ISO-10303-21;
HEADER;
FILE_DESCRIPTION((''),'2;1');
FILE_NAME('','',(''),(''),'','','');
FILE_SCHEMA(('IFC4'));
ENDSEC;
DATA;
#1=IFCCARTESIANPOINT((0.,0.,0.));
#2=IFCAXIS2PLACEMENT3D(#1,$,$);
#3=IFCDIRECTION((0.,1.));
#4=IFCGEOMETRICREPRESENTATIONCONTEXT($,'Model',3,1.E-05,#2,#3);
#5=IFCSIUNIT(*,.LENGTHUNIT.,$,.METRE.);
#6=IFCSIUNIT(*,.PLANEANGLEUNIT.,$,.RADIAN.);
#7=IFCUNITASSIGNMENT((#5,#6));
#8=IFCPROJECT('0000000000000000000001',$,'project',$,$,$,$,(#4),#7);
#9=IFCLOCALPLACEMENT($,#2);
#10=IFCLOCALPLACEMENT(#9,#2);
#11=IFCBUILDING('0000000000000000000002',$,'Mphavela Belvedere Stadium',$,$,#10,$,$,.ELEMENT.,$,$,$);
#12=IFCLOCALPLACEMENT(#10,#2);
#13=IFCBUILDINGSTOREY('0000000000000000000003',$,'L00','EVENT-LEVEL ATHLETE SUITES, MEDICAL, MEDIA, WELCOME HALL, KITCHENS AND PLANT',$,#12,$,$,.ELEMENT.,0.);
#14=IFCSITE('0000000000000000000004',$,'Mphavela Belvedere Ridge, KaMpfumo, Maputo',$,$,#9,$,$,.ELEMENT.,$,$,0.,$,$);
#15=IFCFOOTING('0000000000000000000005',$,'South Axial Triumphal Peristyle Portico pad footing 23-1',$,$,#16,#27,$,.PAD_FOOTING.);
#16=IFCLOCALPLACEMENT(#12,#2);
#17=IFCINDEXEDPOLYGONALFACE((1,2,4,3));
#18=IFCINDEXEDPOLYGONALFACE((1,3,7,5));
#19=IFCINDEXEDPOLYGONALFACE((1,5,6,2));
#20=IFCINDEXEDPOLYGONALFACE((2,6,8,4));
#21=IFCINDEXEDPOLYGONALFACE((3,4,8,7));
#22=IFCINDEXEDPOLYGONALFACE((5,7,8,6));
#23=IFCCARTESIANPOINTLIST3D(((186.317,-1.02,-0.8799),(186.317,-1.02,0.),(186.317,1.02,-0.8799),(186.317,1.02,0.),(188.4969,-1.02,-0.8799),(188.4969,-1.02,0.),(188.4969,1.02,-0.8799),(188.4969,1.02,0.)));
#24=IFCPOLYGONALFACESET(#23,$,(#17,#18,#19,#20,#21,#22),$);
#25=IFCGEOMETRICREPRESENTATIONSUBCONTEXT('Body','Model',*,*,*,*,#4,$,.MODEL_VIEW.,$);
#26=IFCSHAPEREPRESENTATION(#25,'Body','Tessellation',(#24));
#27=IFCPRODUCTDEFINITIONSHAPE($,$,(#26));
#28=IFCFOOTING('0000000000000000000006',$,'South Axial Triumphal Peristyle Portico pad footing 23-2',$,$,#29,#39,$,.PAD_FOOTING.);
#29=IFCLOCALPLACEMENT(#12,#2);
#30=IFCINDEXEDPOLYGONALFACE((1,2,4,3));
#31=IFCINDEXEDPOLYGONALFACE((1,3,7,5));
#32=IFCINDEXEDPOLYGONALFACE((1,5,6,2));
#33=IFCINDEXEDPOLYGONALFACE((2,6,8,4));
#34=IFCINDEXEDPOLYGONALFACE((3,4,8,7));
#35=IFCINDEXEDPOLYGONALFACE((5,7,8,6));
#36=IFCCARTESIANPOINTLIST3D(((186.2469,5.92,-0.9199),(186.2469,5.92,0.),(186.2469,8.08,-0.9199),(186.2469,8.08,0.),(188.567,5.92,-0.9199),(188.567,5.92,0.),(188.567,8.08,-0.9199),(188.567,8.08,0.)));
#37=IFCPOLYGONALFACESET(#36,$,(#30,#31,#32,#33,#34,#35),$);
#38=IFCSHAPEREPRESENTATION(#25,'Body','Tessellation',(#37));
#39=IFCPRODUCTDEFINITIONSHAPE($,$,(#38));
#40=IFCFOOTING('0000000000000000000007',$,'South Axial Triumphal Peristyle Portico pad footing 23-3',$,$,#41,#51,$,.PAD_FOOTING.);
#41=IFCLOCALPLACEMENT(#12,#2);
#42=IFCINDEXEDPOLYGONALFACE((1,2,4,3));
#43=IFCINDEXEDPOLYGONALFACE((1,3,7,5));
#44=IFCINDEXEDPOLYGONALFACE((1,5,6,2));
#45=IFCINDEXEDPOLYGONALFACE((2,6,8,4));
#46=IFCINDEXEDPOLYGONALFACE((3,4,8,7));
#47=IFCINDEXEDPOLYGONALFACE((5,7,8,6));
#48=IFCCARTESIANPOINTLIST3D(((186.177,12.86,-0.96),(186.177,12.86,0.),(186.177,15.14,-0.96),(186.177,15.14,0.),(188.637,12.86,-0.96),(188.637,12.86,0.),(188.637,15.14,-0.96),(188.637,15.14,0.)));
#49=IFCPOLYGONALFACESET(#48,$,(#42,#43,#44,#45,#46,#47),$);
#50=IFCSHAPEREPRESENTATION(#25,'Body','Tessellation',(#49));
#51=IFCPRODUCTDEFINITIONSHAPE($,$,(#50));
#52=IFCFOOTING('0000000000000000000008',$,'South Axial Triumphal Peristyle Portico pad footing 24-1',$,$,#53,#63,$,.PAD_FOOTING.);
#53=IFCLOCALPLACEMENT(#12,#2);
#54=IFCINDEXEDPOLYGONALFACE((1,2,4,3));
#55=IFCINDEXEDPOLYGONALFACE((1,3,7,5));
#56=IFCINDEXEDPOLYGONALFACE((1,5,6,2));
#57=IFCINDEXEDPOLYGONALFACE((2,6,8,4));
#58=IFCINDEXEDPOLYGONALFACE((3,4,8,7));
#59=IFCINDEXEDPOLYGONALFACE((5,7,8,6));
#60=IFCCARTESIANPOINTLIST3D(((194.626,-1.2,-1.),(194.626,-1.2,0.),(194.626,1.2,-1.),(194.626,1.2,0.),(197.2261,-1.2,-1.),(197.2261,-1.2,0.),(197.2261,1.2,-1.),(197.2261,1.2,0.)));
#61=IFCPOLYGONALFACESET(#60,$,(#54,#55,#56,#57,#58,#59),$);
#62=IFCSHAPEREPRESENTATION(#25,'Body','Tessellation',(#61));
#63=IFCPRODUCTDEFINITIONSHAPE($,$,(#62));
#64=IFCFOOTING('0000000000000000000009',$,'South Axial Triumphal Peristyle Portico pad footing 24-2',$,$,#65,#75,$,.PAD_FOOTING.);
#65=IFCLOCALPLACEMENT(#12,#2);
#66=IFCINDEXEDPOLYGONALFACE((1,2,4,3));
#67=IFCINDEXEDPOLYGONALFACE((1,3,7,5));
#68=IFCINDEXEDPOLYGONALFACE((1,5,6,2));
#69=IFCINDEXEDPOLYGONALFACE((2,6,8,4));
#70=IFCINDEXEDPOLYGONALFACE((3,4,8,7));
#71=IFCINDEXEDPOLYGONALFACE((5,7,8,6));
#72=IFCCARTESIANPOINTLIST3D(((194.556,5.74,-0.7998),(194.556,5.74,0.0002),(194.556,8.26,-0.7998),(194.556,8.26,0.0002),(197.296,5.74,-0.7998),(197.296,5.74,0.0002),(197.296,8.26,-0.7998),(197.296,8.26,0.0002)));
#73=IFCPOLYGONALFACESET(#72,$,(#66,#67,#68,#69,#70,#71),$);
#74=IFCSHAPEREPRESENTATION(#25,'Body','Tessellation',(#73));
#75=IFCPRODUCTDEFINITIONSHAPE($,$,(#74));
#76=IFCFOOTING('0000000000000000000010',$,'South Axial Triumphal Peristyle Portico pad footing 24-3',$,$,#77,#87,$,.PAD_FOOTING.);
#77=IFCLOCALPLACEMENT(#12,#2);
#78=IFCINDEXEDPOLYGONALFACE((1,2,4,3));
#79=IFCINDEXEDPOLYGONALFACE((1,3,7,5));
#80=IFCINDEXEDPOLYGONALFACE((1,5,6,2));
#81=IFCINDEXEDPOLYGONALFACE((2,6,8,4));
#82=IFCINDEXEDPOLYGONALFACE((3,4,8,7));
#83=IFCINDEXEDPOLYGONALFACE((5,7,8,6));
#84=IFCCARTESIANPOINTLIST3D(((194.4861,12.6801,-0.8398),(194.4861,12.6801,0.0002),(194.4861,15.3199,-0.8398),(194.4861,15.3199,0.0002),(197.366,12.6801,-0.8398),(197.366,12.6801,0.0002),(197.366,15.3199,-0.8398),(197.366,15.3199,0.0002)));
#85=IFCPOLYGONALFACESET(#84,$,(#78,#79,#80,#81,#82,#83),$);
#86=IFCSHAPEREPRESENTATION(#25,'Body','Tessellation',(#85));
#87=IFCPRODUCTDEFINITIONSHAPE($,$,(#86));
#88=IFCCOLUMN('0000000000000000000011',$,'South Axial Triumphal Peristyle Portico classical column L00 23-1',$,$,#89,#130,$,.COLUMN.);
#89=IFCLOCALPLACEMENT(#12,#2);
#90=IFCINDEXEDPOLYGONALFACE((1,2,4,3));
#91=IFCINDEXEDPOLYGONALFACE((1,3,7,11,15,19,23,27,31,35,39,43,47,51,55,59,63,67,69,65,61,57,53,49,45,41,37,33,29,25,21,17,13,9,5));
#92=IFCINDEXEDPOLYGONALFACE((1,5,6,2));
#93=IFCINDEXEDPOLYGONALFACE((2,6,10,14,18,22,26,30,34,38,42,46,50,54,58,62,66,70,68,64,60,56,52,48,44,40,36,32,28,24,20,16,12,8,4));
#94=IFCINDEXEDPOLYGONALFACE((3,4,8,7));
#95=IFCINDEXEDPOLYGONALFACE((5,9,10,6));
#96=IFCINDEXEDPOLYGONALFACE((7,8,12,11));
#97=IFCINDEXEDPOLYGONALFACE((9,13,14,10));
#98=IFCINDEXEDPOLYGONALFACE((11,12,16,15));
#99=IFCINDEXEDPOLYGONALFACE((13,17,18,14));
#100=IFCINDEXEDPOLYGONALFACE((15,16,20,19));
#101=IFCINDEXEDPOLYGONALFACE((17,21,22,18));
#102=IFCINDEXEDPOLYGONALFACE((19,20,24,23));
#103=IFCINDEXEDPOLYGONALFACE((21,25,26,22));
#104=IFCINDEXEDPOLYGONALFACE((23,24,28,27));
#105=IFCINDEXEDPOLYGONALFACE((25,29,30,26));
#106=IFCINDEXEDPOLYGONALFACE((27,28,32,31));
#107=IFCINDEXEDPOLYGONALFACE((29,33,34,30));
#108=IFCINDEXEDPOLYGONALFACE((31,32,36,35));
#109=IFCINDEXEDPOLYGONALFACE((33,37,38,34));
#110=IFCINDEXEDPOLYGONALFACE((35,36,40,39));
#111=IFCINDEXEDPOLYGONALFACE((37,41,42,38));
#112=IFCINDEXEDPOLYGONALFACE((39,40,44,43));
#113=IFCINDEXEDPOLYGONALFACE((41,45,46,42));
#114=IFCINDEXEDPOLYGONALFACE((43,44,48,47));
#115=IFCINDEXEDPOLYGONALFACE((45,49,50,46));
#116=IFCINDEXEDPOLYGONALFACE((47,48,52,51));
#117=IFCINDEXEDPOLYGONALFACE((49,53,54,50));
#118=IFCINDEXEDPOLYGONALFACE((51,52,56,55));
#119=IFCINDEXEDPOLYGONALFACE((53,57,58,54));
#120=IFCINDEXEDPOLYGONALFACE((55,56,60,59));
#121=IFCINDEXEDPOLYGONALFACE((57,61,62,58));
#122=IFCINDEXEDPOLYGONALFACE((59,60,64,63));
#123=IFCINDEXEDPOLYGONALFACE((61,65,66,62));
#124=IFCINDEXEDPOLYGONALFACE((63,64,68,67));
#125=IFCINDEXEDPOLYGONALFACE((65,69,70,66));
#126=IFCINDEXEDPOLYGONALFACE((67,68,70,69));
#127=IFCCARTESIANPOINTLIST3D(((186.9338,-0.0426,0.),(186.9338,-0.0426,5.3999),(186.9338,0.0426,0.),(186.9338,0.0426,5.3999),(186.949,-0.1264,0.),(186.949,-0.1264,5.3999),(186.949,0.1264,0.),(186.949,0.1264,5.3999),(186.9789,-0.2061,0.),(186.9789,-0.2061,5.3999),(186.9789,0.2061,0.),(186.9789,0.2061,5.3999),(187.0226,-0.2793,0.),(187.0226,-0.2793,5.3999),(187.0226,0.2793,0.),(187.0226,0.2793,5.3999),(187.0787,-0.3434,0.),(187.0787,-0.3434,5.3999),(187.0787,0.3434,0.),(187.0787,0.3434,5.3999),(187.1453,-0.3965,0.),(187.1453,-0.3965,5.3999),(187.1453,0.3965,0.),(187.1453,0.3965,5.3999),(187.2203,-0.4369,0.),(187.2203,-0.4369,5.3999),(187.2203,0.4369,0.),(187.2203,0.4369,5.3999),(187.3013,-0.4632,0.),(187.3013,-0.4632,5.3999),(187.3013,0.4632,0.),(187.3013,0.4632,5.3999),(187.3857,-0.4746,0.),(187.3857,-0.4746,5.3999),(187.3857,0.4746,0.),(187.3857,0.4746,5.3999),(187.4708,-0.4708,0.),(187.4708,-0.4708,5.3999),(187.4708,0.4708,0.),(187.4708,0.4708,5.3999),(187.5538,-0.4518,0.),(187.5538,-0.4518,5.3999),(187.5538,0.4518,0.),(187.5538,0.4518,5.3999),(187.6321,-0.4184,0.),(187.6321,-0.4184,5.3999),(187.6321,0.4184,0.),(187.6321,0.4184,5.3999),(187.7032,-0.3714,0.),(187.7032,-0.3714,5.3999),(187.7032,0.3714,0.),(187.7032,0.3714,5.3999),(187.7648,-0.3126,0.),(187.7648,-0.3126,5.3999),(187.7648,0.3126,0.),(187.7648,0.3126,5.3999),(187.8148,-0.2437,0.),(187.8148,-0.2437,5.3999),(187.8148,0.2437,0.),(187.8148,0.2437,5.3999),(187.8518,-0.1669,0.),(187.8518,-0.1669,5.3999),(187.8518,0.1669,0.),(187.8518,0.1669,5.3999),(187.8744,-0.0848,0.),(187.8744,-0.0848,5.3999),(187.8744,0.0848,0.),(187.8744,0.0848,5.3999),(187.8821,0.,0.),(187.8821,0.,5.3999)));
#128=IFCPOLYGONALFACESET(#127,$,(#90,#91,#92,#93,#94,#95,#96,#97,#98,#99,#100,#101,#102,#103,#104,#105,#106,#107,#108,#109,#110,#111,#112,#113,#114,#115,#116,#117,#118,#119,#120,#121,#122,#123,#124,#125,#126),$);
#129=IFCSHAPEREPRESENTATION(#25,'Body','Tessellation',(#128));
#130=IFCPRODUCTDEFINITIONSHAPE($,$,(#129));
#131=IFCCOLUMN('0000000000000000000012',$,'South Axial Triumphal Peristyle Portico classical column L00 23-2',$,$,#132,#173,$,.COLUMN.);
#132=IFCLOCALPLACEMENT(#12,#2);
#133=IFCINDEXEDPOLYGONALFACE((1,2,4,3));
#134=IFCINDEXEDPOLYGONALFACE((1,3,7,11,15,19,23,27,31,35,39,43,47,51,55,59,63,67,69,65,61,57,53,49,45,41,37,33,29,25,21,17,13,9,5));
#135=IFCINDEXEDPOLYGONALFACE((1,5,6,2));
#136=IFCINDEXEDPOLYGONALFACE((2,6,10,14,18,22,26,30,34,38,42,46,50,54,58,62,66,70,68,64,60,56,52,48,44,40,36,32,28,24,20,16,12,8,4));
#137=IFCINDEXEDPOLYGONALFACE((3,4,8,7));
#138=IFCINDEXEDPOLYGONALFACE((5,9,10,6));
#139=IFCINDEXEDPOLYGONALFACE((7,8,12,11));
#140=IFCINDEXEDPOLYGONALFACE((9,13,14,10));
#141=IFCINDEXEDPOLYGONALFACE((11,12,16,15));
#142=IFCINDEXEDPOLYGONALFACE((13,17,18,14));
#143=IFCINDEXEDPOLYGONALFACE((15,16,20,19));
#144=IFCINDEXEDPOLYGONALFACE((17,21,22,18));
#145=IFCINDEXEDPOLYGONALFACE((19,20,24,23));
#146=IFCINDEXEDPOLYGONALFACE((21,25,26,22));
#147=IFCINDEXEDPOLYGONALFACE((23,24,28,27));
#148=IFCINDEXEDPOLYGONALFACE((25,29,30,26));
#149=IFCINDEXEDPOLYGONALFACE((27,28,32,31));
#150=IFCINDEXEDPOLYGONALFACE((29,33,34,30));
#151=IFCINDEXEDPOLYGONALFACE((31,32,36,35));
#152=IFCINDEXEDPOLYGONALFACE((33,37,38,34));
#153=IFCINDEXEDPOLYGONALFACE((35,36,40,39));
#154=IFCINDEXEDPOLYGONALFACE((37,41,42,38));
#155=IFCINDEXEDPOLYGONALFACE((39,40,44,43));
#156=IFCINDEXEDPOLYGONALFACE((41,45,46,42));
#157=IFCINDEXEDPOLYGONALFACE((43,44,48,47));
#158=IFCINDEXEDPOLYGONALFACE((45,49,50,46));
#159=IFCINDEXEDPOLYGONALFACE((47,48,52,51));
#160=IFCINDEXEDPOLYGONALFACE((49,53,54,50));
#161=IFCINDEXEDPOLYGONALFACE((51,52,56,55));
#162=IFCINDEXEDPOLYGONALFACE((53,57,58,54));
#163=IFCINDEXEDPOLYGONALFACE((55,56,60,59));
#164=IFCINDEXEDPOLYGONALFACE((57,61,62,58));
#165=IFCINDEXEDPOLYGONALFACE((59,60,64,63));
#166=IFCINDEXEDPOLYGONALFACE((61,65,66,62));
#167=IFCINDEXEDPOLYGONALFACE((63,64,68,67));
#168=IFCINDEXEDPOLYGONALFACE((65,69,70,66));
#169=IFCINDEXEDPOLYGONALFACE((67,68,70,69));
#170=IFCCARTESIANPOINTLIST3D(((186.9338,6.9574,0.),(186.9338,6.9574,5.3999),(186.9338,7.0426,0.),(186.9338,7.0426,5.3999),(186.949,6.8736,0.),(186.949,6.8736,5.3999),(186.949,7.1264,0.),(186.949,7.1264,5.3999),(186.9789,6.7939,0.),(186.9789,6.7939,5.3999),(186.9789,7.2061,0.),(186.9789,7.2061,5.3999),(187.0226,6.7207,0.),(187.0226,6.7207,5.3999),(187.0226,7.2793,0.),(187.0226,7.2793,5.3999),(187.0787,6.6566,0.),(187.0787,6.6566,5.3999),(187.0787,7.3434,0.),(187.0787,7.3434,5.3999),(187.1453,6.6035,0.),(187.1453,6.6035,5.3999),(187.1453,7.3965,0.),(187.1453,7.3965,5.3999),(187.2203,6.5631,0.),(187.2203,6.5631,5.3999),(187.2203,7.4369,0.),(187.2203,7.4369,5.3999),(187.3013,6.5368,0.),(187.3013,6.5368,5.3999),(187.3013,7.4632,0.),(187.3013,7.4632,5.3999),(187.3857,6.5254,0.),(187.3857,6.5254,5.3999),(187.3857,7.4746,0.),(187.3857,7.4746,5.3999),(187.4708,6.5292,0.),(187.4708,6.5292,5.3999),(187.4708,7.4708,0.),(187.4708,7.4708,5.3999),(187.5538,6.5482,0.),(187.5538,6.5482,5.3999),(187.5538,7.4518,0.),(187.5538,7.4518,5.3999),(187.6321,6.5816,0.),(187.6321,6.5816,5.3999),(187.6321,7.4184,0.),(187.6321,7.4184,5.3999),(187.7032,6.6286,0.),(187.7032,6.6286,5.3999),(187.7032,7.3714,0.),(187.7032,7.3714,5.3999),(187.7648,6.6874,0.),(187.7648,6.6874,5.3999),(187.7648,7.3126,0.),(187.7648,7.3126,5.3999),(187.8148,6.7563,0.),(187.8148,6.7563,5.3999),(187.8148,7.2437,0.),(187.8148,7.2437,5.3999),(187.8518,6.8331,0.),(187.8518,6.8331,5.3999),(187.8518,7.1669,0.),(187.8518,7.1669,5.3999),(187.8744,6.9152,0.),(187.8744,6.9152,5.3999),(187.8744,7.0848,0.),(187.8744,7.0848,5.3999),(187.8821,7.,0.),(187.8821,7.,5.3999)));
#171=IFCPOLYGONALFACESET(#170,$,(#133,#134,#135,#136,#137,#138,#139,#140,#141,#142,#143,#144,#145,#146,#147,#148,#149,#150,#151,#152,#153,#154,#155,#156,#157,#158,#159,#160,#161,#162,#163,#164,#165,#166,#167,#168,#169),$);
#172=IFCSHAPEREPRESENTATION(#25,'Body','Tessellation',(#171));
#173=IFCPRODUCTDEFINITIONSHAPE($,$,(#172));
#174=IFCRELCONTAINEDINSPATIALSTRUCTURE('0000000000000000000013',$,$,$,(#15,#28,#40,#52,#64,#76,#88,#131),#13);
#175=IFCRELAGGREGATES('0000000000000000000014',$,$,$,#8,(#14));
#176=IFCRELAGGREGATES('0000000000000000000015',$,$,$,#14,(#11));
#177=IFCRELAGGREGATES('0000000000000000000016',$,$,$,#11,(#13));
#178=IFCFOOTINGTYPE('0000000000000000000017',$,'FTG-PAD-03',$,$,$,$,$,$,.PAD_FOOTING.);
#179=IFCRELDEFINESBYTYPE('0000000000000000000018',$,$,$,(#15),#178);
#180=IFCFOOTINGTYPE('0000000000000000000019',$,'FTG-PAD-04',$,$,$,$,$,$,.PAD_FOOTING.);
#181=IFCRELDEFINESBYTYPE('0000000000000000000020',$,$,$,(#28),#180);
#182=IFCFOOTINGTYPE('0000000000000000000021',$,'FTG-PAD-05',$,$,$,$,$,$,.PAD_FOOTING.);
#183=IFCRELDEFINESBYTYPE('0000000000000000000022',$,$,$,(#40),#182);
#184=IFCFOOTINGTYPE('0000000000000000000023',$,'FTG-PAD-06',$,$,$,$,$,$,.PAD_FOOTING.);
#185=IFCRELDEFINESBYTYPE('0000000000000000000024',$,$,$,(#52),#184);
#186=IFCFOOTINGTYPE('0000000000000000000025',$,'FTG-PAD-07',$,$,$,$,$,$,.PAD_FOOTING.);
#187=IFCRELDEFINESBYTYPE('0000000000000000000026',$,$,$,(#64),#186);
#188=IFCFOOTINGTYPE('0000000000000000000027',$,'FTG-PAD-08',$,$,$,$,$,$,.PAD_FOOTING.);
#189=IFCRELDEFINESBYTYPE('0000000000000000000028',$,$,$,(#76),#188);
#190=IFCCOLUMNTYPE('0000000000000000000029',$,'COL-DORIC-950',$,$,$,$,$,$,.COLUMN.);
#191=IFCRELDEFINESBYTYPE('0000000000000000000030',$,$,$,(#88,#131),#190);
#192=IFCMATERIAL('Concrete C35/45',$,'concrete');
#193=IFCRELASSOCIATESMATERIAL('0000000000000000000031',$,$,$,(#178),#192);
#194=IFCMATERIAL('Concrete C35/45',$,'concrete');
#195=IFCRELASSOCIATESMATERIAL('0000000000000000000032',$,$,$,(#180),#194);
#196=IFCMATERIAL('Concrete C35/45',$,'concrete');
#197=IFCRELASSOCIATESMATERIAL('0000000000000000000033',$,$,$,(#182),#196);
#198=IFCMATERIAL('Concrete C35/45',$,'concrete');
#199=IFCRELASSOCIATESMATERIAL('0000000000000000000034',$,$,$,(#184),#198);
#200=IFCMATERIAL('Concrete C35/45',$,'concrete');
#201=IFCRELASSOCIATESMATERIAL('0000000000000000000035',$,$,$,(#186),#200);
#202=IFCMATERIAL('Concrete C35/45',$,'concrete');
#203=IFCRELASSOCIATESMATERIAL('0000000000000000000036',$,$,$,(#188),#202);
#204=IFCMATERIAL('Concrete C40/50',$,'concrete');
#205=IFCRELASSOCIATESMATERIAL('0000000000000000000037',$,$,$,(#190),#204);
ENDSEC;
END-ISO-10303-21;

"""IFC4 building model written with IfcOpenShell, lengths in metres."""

from ifc_helpers import new_model, si_unit, direction, frame, origin, origin_2d, place, context, subcontext, project, spatial, rectangle, circle, extrude, material, material_profile, profile_set, type_object, element, save


model = new_model("IFC4")

# Units and contexts
model_context = context("Model", 3, precision=1e-05, world=origin(), true_north=direction((0.0, 1.0)))
body_context = subcontext(model_context, "Body", "Model", "MODEL_VIEW")
ifc_project = project(units=[si_unit("LENGTHUNIT", "METRE"), si_unit("PLANEANGLEUNIT", "RADIAN")], contexts=[model_context])

# Site, building, storey
site_placement = place(None, origin())
site = spatial("IfcSite", under=ifc_project, at=site_placement, Name="Mphavela Belvedere Ridge, KaMpfumo, Maputo", CompositionType="ELEMENT", RefElevation=0.0)
building_placement = place(site_placement, origin())
building = spatial("IfcBuilding", under=site, at=building_placement, Name="Mphavela Belvedere Stadium", CompositionType="ELEMENT")
storey_placement = place(building_placement, origin())
storey = spatial("IfcBuildingStorey", under=building, at=storey_placement, Name="L00", Description="EVENT-LEVEL ATHLETE SUITES, MEDICAL, MEDIA, WELCOME HALL, KITCHENS AND PLANT", CompositionType="ELEMENT", Elevation=0.0)

# Footings
ifc_material_1 = material(Name="Concrete C35/45", Category="concrete")
footing_type_1 = type_object("IfcFootingType", Name="FTG-PAD-03", PredefinedType="PAD_FOOTING", material=ifc_material_1)
footing_1_placement = place(storey_placement, frame((187.407, 0.0, -0.8799), z_axis=(0.0, 0.0, 1.0), x_axis=(1.0, 0.0, 0.0)))
element("IfcFooting", 1, at=footing_1_placement, inside=storey, type_object=footing_type_1, Name="South Axial Triumphal Peristyle Portico pad footing 23-1", PredefinedType="PAD_FOOTING", context=body_context, shape_type="SweptSolid", body=[
    extrude(rectangle(XDim=2.1799, YDim=2.04, at=origin_2d()), origin(), (0.0, 0.0, 1.0), 0.8799),
])
ifc_material_2 = material(Name="Concrete C35/45", Category="concrete")
footing_type_2 = type_object("IfcFootingType", Name="FTG-PAD-04", PredefinedType="PAD_FOOTING", material=ifc_material_2)
footing_2_placement = place(storey_placement, frame((187.407, 7.0, -0.9199), z_axis=(0.0, 0.0, 1.0), x_axis=(1.0, 0.0, 0.0)))
element("IfcFooting", 2, at=footing_2_placement, inside=storey, type_object=footing_type_2, Name="South Axial Triumphal Peristyle Portico pad footing 23-2", PredefinedType="PAD_FOOTING", context=body_context, shape_type="SweptSolid", body=[
    extrude(rectangle(XDim=2.3201, YDim=2.1599, at=origin_2d()), origin(), (0.0, 0.0, 1.0), 0.9199),
])
ifc_material_3 = material(Name="Concrete C35/45", Category="concrete")
footing_type_3 = type_object("IfcFootingType", Name="FTG-PAD-05", PredefinedType="PAD_FOOTING", material=ifc_material_3)
footing_3_placement = place(storey_placement, frame((187.407, 14.0, -0.96), z_axis=(0.0, 0.0, 1.0), x_axis=(1.0, 0.0, 0.0)))
element("IfcFooting", 3, at=footing_3_placement, inside=storey, type_object=footing_type_3, Name="South Axial Triumphal Peristyle Portico pad footing 23-3", PredefinedType="PAD_FOOTING", context=body_context, shape_type="SweptSolid", body=[
    extrude(rectangle(XDim=2.46, YDim=2.28, at=origin_2d()), origin(), (0.0, 0.0, 1.0), 0.96),
])
ifc_material_4 = material(Name="Concrete C35/45", Category="concrete")
footing_type_4 = type_object("IfcFootingType", Name="FTG-PAD-06", PredefinedType="PAD_FOOTING", material=ifc_material_4)
footing_4_placement = place(storey_placement, frame((195.926, 0.0, -1.0), z_axis=(0.0, 0.0, 1.0), x_axis=(1.0, 0.0, 0.0)))
element("IfcFooting", 4, at=footing_4_placement, inside=storey, type_object=footing_type_4, Name="South Axial Triumphal Peristyle Portico pad footing 24-1", PredefinedType="PAD_FOOTING", context=body_context, shape_type="SweptSolid", body=[
    extrude(rectangle(XDim=2.6001, YDim=2.3999, at=origin_2d()), origin(), (0.0, 0.0, 1.0), 1.0),
])
ifc_material_5 = material(Name="Concrete C35/45", Category="concrete")
footing_type_5 = type_object("IfcFootingType", Name="FTG-PAD-07", PredefinedType="PAD_FOOTING", material=ifc_material_5)
footing_5_placement = place(storey_placement, frame((195.926, 7.0, -0.7998), z_axis=(0.0, 0.0, 1.0), x_axis=(1.0, 0.0, 0.0)))
element("IfcFooting", 5, at=footing_5_placement, inside=storey, type_object=footing_type_5, Name="South Axial Triumphal Peristyle Portico pad footing 24-2", PredefinedType="PAD_FOOTING", context=body_context, shape_type="SweptSolid", body=[
    extrude(rectangle(XDim=2.74, YDim=2.52, at=origin_2d()), origin(), (0.0, 0.0, 1.0), 0.8),
])
ifc_material_6 = material(Name="Concrete C35/45", Category="concrete")
footing_type_6 = type_object("IfcFootingType", Name="FTG-PAD-08", PredefinedType="PAD_FOOTING", material=ifc_material_6)
footing_6_placement = place(storey_placement, frame((195.926, 14.0, -0.8398), z_axis=(0.0, 0.0, 1.0), x_axis=(1.0, 0.0, 0.0)))
element("IfcFooting", 6, at=footing_6_placement, inside=storey, type_object=footing_type_6, Name="South Axial Triumphal Peristyle Portico pad footing 24-3", PredefinedType="PAD_FOOTING", context=body_context, shape_type="SweptSolid", body=[
    extrude(rectangle(XDim=2.8799, YDim=2.6399, at=origin_2d()), origin(), (0.0, 0.0, 1.0), 0.8401),
])

# Columns
ifc_material_7 = material(Name="Concrete C40/50", Category="concrete")
ifc_material_profile_1 = material_profile(ifc_material_7, circle(Radius=0.4751, at=origin_2d()), Name="COL D950")
ifc_profile_set_1 = profile_set([ifc_material_profile_1], Name="Concrete C40/50")
column_type = type_object("IfcColumnType", Name="COL-DORIC-950", PredefinedType="COLUMN", material=ifc_profile_set_1)
for number, where, z_axis, x_axis, name in (
    (7, (187.407, 0.0, 0.0), (0.0, 0.0, 1.0), (1.0, 0.0, 0.0), "South Axial Triumphal Peristyle Portico classical column L00 23-1"),
    (8, (187.407, 7.0, 0.0), (0.0, 0.0, 1.0), (1.0, 0.0, 0.0), "South Axial Triumphal Peristyle Portico classical column L00 23-2"),
):
    element("IfcColumn", number, at=place(storey_placement, frame(where, z_axis=z_axis, x_axis=x_axis)), inside=storey, type_object=column_type, Name=name, PredefinedType="COLUMN", context=body_context, shape_type="SweptSolid", body=[
        extrude(circle(Radius=0.4751, at=origin_2d()), origin(), (0.0, 0.0, 1.0), 5.3999),
    ])

save(model, "model.ifc")
